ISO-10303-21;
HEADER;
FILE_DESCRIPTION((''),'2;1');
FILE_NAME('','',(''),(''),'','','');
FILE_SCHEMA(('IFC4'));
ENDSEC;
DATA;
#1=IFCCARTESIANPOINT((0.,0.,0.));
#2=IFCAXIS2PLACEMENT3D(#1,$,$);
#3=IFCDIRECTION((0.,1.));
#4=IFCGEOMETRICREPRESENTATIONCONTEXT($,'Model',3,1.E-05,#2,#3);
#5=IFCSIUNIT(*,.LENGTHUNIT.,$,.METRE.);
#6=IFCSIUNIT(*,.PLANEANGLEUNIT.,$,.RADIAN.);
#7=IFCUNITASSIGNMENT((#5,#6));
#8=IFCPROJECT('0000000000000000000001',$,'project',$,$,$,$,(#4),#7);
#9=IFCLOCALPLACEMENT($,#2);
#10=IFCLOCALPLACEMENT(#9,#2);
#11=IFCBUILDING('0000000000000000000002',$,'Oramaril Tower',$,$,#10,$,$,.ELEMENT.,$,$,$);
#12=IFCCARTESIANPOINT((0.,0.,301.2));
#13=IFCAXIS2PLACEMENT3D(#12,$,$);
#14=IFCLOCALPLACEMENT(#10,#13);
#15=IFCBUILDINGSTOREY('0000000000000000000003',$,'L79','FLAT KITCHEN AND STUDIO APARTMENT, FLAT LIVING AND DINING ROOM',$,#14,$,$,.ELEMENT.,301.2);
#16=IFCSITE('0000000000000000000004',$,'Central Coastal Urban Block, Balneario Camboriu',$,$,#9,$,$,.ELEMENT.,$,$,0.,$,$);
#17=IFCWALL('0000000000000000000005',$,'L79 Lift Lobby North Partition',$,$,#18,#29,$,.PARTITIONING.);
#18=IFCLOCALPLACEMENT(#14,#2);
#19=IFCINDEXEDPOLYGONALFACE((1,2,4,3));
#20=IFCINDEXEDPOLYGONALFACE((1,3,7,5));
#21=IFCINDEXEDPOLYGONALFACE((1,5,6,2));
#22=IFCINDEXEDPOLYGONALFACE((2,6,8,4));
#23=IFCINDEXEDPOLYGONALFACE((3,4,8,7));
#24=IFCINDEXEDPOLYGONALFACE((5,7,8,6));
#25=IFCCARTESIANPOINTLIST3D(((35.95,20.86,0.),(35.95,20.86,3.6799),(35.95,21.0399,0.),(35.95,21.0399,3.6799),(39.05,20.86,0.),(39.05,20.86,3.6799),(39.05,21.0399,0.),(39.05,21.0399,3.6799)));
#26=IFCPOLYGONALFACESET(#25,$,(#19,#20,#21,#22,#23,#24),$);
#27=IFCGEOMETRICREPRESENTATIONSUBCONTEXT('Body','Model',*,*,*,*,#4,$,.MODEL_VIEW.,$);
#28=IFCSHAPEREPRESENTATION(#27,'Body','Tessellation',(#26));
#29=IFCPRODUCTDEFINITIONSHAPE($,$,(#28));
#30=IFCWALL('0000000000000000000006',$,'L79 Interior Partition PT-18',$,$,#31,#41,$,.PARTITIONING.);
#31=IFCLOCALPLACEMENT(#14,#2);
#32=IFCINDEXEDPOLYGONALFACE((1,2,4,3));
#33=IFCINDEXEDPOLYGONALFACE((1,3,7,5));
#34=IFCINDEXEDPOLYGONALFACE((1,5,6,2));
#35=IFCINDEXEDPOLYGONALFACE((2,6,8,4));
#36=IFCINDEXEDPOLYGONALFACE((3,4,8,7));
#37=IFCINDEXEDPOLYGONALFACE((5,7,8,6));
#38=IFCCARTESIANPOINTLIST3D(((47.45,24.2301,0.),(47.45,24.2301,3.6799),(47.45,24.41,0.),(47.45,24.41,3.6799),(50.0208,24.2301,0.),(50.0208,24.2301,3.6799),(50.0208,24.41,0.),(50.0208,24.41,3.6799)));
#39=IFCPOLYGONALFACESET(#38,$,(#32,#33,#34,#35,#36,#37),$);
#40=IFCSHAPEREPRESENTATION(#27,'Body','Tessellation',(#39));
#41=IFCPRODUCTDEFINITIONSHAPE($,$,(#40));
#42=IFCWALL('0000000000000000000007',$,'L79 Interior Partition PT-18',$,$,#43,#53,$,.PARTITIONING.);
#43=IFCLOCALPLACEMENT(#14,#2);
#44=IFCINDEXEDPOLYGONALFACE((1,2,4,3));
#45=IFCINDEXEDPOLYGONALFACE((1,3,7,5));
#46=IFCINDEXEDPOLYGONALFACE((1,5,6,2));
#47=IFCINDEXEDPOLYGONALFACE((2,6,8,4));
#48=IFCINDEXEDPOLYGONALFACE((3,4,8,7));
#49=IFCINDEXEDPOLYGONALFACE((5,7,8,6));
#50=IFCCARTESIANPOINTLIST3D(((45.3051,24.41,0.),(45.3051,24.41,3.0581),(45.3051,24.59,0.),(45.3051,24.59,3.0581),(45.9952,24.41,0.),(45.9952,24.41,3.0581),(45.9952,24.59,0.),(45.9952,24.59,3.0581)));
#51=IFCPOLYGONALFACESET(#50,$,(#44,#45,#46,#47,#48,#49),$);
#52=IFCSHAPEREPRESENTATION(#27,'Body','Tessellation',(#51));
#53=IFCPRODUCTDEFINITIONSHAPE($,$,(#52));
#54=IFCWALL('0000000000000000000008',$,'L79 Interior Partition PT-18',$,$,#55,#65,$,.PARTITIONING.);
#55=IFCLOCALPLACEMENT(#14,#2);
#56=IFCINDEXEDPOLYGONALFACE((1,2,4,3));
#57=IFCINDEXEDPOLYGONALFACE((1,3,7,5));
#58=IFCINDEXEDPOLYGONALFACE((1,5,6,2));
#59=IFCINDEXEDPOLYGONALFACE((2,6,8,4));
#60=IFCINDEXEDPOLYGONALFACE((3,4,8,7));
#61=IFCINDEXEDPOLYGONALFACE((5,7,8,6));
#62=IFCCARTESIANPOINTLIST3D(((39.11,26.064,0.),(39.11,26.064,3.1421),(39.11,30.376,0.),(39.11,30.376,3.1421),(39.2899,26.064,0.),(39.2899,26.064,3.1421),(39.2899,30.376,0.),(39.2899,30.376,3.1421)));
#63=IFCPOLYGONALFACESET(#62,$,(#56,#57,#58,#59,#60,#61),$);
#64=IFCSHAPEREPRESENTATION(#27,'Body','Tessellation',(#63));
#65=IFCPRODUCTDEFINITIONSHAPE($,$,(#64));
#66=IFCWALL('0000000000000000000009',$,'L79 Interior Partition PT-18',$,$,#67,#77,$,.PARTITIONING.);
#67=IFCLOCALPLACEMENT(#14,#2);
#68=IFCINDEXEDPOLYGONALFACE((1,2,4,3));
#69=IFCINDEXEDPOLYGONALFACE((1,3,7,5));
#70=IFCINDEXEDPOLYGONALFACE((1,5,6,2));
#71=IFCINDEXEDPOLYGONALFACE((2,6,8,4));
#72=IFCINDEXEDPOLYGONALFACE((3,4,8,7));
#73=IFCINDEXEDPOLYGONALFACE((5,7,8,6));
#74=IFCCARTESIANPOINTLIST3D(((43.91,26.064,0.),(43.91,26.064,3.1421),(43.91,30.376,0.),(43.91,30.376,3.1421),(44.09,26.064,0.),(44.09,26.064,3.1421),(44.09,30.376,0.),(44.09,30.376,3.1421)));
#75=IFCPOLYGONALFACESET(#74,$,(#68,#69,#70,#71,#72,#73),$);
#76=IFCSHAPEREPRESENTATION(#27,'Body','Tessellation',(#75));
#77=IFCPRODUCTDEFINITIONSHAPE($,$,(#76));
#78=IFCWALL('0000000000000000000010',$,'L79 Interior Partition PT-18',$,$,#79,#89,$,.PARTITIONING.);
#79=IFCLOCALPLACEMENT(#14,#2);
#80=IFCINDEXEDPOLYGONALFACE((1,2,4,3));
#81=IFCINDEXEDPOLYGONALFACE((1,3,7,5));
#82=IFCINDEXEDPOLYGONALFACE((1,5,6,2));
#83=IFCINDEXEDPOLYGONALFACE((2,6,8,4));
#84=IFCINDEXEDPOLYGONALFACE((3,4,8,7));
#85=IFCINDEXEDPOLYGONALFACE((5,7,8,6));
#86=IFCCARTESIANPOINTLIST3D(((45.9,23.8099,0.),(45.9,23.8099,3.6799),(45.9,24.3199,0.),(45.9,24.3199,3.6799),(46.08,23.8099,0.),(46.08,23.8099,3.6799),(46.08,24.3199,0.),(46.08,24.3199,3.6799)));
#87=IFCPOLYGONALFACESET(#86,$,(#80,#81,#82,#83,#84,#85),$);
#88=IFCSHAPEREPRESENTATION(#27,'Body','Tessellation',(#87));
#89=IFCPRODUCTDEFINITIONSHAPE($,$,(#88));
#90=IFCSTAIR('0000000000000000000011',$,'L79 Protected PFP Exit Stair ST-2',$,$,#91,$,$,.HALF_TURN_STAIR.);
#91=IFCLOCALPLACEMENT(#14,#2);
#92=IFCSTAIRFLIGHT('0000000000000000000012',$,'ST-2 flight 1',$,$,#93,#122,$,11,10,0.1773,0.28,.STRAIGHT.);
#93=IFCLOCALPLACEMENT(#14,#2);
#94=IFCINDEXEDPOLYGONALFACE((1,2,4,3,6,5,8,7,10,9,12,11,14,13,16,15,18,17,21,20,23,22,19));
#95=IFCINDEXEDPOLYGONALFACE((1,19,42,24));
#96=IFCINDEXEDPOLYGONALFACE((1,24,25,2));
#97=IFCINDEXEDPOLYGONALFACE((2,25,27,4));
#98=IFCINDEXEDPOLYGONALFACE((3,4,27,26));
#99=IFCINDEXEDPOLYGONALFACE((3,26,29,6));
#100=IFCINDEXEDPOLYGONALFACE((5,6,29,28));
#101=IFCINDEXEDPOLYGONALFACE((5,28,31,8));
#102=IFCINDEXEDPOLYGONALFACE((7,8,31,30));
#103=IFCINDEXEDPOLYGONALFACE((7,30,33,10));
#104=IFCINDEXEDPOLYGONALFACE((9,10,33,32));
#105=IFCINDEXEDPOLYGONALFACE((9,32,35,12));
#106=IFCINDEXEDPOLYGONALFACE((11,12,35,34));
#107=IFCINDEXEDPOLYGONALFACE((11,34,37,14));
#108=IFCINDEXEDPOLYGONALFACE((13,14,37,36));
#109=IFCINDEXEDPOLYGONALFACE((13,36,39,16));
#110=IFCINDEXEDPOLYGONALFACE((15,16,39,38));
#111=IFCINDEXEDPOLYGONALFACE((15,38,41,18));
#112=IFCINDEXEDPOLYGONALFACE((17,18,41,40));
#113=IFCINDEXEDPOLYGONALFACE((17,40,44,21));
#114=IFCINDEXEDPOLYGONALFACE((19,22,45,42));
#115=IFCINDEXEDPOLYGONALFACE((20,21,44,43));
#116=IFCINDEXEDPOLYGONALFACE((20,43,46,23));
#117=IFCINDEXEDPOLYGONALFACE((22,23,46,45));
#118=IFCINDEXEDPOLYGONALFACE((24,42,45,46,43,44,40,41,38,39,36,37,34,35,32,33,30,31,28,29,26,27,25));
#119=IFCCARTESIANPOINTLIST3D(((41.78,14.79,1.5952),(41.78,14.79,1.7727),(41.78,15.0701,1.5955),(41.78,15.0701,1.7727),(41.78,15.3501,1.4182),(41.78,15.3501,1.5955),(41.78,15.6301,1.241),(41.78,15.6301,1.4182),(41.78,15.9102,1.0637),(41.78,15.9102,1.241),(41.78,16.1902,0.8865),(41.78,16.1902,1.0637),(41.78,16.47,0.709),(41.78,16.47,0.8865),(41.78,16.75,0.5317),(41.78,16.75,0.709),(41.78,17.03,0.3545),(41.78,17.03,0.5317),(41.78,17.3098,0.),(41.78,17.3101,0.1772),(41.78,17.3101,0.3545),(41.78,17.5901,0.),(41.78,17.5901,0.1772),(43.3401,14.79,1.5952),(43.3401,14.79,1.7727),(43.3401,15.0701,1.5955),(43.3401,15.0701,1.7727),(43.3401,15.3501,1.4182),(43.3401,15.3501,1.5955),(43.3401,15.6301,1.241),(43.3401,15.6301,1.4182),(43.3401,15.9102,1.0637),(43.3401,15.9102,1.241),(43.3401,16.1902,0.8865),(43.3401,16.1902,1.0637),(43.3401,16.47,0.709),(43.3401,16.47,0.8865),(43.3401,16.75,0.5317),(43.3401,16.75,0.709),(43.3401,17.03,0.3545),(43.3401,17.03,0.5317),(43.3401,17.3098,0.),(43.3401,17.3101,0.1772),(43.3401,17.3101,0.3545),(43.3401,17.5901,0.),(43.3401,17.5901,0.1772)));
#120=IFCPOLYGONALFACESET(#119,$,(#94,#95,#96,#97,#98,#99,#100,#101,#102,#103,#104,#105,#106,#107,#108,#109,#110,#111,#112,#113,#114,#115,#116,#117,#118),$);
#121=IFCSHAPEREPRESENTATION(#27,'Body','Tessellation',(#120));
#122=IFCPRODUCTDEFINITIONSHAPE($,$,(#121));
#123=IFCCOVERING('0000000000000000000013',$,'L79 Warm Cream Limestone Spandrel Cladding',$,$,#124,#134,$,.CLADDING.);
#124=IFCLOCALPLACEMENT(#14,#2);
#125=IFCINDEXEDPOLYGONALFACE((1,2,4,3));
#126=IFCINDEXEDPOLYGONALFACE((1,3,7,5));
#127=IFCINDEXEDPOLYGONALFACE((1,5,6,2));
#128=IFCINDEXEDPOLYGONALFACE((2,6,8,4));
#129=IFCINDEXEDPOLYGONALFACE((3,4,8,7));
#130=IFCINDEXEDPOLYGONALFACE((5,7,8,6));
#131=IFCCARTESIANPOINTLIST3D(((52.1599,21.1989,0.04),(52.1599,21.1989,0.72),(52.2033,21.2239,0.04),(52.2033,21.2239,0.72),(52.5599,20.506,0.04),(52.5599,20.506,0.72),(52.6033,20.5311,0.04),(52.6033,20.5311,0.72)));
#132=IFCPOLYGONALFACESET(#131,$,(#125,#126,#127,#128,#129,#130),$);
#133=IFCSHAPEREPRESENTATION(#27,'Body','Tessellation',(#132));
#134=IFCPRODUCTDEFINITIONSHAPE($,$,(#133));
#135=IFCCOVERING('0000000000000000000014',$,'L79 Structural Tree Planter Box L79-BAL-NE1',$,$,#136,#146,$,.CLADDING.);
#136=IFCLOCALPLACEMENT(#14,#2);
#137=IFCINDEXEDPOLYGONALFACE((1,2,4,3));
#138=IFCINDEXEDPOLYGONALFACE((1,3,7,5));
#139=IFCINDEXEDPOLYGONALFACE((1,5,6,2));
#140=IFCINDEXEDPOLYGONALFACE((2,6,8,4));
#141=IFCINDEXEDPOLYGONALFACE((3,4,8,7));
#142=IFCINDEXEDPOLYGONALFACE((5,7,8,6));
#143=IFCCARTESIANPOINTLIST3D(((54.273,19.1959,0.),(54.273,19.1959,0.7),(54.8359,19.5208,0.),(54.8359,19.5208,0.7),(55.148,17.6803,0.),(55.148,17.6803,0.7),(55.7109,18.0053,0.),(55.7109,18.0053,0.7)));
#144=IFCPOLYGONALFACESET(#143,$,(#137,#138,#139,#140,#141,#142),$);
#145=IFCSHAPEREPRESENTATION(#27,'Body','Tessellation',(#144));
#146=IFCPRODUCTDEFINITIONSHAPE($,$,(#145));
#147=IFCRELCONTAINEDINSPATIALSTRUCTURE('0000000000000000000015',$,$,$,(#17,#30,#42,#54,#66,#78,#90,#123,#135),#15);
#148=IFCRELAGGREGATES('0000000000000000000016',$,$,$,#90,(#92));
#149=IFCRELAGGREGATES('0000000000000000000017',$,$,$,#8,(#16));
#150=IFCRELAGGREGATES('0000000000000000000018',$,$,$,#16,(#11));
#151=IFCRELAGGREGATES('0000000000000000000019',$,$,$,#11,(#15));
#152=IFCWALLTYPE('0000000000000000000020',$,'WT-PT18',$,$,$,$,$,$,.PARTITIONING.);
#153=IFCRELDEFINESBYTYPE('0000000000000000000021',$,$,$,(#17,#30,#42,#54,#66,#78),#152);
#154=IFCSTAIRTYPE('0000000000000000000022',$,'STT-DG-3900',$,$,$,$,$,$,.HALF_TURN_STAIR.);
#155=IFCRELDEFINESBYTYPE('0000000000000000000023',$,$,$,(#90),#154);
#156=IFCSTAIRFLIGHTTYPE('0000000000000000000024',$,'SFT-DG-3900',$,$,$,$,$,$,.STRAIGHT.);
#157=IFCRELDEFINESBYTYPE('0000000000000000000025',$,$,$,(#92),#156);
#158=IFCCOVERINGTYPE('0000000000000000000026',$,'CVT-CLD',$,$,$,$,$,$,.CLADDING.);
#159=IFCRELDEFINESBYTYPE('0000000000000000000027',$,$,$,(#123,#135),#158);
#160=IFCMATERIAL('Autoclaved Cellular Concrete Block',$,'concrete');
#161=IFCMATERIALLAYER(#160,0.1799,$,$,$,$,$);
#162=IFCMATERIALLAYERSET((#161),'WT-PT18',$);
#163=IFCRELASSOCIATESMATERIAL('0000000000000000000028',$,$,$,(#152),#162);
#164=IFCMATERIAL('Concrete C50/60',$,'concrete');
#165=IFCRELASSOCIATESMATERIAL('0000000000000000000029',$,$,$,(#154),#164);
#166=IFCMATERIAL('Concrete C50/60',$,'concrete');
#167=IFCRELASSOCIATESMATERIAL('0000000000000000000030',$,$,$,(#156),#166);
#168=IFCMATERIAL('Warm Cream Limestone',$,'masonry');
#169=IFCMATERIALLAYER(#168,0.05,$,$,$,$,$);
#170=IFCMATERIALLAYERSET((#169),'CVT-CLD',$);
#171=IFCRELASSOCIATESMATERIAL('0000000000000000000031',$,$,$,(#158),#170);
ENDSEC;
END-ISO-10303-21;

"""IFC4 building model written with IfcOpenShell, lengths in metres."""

from ifc_helpers import new_model, si_unit, direction, frame, frame_2d, origin, origin_2d, place, context, subcontext, project, spatial, polyline, rectangle, outline, extrude, material, layer, layer_set, type_object, element, aggregate, save


model = new_model("IFC4")

# Units and contexts
model_context = context("Model", 3, precision=1e-05, world=origin(), true_north=direction((0.0, 1.0)))
body_context = subcontext(model_context, "Body", "Model", "MODEL_VIEW")
ifc_project = project(units=[si_unit("LENGTHUNIT", "METRE"), si_unit("PLANEANGLEUNIT", "RADIAN")], contexts=[model_context])

# Site, building, storey
site_placement = place(None, origin())
site = spatial("IfcSite", under=ifc_project, at=site_placement, Name="Central Coastal Urban Block, Balneario Camboriu", CompositionType="ELEMENT", RefElevation=0.0)
building_placement = place(site_placement, origin())
building = spatial("IfcBuilding", under=site, at=building_placement, Name="Oramaril Tower", CompositionType="ELEMENT")
storey_placement = place(building_placement, frame((0.0, 0.0, 301.2)))
storey = spatial("IfcBuildingStorey", under=building, at=storey_placement, Name="L79", Description="FLAT KITCHEN AND STUDIO APARTMENT, FLAT LIVING AND DINING ROOM", CompositionType="ELEMENT", Elevation=301.2)

# Walls
ifc_material_1 = material(Name="Autoclaved Cellular Concrete Block", Category="concrete")
ifc_layer_1 = layer(ifc_material_1, 0.1799)
ifc_layer_set_1 = layer_set([ifc_layer_1], Name="WT-PT18")
wall_type_1 = type_object("IfcWallType", Name="WT-PT18", PredefinedType="PARTITIONING", material=ifc_layer_set_1)
wall_1_placement = place(storey_placement, frame((35.95, 20.95, 0.0), z_axis=(0.0, 0.0, 1.0), x_axis=(1.0, 0.0, 0.0)))
element("IfcWall", 1, at=wall_1_placement, inside=storey, type_object=wall_type_1, Name="L79 Lift Lobby North Partition", PredefinedType="PARTITIONING", context=body_context, shape_type="SweptSolid", body=[
    extrude(rectangle(XDim=3.1001, YDim=0.1799, at=frame_2d((1.55, 0.0))), origin(), (0.0, 0.0, 1.0), 3.6799),
])
wall_2_placement = place(storey_placement, frame((47.45, 24.3201, 0.0), z_axis=(0.0, 0.0, 1.0), x_axis=(1.0, 0.0, 0.0)))
element("IfcWall", 2, at=wall_2_placement, inside=storey, type_object=wall_type_1, Name="L79 Interior Partition PT-18", PredefinedType="PARTITIONING", context=body_context, shape_type="SweptSolid", body=[
    extrude(rectangle(XDim=2.5708, YDim=0.1799, at=frame_2d((1.2854, 0.0))), origin(), (0.0, 0.0, 1.0), 3.6799),
])
wall_3_placement = place(storey_placement, frame((45.3049, 24.5, 0.0), z_axis=(0.0, 0.0, 1.0), x_axis=(1.0, 0.0, 0.0)))
element("IfcWall", 3, at=wall_3_placement, inside=storey, type_object=wall_type_1, Name="L79 Interior Partition PT-18", PredefinedType="PARTITIONING", context=body_context, shape_type="SweptSolid", body=[
    extrude(rectangle(XDim=0.6902, YDim=0.1799, at=frame_2d((0.3452, 0.0))), origin(), (0.0, 0.0, 1.0), 3.0581),
])
for number, where, z_axis, x_axis, name in (
    (4, (39.2, 26.064, 0.0), (0.0, 0.0, 1.0), (0.0, 1.0, 0.0), "L79 Interior Partition PT-18"),
    (5, (44.0, 26.064, 0.0), (0.0, 0.0, 1.0), (0.0, 1.0, 0.0), "L79 Interior Partition PT-18"),
):
    element("IfcWall", number, at=place(storey_placement, frame(where, z_axis=z_axis, x_axis=x_axis)), inside=storey, type_object=wall_type_1, Name=name, PredefinedType="PARTITIONING", context=body_context, shape_type="SweptSolid", body=[
        extrude(rectangle(XDim=4.312, YDim=0.1799, at=frame_2d((2.156, 0.0))), origin(), (0.0, 0.0, 1.0), 3.1421),
    ])
wall_4_placement = place(storey_placement, frame((45.99, 23.8101, 0.0), z_axis=(0.0, 0.0, 1.0), x_axis=(0.0, 1.0, 0.0)))
element("IfcWall", 6, at=wall_4_placement, inside=storey, type_object=wall_type_1, Name="L79 Interior Partition PT-18", PredefinedType="PARTITIONING", context=body_context, shape_type="SweptSolid", body=[
    extrude(rectangle(XDim=0.51, YDim=0.1799, at=frame_2d((0.2549, 0.0))), origin(), (0.0, 0.0, 1.0), 3.6799),
])

# Stair, stair flight
ifc_material_2 = material(Name="Concrete C50/60", Category="concrete")
stair_type = type_object("IfcStairType", Name="STT-DG-3900", PredefinedType="HALF_TURN_STAIR", material=ifc_material_2)
stair_placement = place(storey_placement, origin())
stair = element("IfcStair", 7, at=stair_placement, inside=storey, type_object=stair_type, Name="L79 Protected PFP Exit Stair ST-2", PredefinedType="HALF_TURN_STAIR")
ifc_material_3 = material(Name="Concrete C50/60", Category="concrete")
stair_flight_type = type_object("IfcStairFlightType", Name="SFT-DG-3900", PredefinedType="STRAIGHT", material=ifc_material_3)
stair_flight_placement = place(storey_placement, frame((42.5601, 17.5901, 0.0), z_axis=(0.0, 0.0, 1.0), x_axis=(0.0, -1.0, 0.0)))
stair_flight = element("IfcStairFlight", 8, at=stair_flight_placement, type_object=stair_flight_type, Name="ST-2 flight 1", NumberOfRisers=11, NumberOfTreads=10, PredefinedType="STRAIGHT", RiserHeight=0.1773, TreadLength=0.28, context=body_context, shape_type="SweptSolid", body=[
    extrude(outline(polyline([(0.0, 0.0), (0.0, 0.1772), (0.28, 0.1772), (0.28, 0.3545), (0.5601, 0.3545), (0.5601, 0.5317), (0.8401, 0.5317), (0.8401, 0.709), (1.1201, 0.709), (1.1201, 0.8865), (1.3999, 0.8865), (1.3999, 1.0637), (1.6799, 1.0637), (1.6799, 1.241), (1.96, 1.241), (1.96, 1.4182), (2.24, 1.4182), (2.24, 1.5955), (2.52, 1.5955), (2.52, 1.7727), (2.8, 1.7727), (2.8, 1.95), (2.8, 1.5952), (0.2803, 0.0), (0.0, 0.0)])), frame((0.0, 0.78, 0.0), z_axis=(0.0, -1.0, 0.0), x_axis=(1.0, 0.0, 0.0)), (0.0, 0.0, 1.0), 1.5601),
])
aggregate(stair, [stair_flight])

# Coverings
ifc_material_4 = material(Name="Warm Cream Limestone", Category="masonry")
ifc_layer_2 = layer(ifc_material_4, 0.05)
ifc_layer_set_2 = layer_set([ifc_layer_2], Name="CVT-CLD")
covering_type = type_object("IfcCoveringType", Name="CVT-CLD", PredefinedType="CLADDING", material=ifc_layer_set_2)
covering_1_placement = place(storey_placement, frame((52.3816, 20.865, 0.04), z_axis=(0.0, 0.0, 1.0), x_axis=(-0.500002, 0.866025, 0.0)))
element("IfcCovering", 9, at=covering_1_placement, inside=storey, type_object=covering_type, Name="L79 Warm Cream Limestone Spandrel Cladding", PredefinedType="CLADDING", context=body_context, shape_type="SweptSolid", body=[
    extrude(rectangle(XDim=0.8, YDim=0.05, at=origin_2d()), origin(), (0.0, 0.0, 1.0), 0.6799),
])
covering_2_placement = place(storey_placement, frame((54.9919, 18.6006, 0.0), z_axis=(0.0, 0.0, 1.0), x_axis=(-0.500002, 0.866025, 0.0)))
element("IfcCovering", 10, at=covering_2_placement, inside=storey, type_object=covering_type, Name="L79 Structural Tree Planter Box L79-BAL-NE1", PredefinedType="CLADDING", context=body_context, shape_type="SweptSolid", body=[
    extrude(rectangle(XDim=1.75, YDim=0.6499, at=origin_2d()), origin(), (0.0, 0.0, 1.0), 0.7),
])

save(model, "model.ifc")
